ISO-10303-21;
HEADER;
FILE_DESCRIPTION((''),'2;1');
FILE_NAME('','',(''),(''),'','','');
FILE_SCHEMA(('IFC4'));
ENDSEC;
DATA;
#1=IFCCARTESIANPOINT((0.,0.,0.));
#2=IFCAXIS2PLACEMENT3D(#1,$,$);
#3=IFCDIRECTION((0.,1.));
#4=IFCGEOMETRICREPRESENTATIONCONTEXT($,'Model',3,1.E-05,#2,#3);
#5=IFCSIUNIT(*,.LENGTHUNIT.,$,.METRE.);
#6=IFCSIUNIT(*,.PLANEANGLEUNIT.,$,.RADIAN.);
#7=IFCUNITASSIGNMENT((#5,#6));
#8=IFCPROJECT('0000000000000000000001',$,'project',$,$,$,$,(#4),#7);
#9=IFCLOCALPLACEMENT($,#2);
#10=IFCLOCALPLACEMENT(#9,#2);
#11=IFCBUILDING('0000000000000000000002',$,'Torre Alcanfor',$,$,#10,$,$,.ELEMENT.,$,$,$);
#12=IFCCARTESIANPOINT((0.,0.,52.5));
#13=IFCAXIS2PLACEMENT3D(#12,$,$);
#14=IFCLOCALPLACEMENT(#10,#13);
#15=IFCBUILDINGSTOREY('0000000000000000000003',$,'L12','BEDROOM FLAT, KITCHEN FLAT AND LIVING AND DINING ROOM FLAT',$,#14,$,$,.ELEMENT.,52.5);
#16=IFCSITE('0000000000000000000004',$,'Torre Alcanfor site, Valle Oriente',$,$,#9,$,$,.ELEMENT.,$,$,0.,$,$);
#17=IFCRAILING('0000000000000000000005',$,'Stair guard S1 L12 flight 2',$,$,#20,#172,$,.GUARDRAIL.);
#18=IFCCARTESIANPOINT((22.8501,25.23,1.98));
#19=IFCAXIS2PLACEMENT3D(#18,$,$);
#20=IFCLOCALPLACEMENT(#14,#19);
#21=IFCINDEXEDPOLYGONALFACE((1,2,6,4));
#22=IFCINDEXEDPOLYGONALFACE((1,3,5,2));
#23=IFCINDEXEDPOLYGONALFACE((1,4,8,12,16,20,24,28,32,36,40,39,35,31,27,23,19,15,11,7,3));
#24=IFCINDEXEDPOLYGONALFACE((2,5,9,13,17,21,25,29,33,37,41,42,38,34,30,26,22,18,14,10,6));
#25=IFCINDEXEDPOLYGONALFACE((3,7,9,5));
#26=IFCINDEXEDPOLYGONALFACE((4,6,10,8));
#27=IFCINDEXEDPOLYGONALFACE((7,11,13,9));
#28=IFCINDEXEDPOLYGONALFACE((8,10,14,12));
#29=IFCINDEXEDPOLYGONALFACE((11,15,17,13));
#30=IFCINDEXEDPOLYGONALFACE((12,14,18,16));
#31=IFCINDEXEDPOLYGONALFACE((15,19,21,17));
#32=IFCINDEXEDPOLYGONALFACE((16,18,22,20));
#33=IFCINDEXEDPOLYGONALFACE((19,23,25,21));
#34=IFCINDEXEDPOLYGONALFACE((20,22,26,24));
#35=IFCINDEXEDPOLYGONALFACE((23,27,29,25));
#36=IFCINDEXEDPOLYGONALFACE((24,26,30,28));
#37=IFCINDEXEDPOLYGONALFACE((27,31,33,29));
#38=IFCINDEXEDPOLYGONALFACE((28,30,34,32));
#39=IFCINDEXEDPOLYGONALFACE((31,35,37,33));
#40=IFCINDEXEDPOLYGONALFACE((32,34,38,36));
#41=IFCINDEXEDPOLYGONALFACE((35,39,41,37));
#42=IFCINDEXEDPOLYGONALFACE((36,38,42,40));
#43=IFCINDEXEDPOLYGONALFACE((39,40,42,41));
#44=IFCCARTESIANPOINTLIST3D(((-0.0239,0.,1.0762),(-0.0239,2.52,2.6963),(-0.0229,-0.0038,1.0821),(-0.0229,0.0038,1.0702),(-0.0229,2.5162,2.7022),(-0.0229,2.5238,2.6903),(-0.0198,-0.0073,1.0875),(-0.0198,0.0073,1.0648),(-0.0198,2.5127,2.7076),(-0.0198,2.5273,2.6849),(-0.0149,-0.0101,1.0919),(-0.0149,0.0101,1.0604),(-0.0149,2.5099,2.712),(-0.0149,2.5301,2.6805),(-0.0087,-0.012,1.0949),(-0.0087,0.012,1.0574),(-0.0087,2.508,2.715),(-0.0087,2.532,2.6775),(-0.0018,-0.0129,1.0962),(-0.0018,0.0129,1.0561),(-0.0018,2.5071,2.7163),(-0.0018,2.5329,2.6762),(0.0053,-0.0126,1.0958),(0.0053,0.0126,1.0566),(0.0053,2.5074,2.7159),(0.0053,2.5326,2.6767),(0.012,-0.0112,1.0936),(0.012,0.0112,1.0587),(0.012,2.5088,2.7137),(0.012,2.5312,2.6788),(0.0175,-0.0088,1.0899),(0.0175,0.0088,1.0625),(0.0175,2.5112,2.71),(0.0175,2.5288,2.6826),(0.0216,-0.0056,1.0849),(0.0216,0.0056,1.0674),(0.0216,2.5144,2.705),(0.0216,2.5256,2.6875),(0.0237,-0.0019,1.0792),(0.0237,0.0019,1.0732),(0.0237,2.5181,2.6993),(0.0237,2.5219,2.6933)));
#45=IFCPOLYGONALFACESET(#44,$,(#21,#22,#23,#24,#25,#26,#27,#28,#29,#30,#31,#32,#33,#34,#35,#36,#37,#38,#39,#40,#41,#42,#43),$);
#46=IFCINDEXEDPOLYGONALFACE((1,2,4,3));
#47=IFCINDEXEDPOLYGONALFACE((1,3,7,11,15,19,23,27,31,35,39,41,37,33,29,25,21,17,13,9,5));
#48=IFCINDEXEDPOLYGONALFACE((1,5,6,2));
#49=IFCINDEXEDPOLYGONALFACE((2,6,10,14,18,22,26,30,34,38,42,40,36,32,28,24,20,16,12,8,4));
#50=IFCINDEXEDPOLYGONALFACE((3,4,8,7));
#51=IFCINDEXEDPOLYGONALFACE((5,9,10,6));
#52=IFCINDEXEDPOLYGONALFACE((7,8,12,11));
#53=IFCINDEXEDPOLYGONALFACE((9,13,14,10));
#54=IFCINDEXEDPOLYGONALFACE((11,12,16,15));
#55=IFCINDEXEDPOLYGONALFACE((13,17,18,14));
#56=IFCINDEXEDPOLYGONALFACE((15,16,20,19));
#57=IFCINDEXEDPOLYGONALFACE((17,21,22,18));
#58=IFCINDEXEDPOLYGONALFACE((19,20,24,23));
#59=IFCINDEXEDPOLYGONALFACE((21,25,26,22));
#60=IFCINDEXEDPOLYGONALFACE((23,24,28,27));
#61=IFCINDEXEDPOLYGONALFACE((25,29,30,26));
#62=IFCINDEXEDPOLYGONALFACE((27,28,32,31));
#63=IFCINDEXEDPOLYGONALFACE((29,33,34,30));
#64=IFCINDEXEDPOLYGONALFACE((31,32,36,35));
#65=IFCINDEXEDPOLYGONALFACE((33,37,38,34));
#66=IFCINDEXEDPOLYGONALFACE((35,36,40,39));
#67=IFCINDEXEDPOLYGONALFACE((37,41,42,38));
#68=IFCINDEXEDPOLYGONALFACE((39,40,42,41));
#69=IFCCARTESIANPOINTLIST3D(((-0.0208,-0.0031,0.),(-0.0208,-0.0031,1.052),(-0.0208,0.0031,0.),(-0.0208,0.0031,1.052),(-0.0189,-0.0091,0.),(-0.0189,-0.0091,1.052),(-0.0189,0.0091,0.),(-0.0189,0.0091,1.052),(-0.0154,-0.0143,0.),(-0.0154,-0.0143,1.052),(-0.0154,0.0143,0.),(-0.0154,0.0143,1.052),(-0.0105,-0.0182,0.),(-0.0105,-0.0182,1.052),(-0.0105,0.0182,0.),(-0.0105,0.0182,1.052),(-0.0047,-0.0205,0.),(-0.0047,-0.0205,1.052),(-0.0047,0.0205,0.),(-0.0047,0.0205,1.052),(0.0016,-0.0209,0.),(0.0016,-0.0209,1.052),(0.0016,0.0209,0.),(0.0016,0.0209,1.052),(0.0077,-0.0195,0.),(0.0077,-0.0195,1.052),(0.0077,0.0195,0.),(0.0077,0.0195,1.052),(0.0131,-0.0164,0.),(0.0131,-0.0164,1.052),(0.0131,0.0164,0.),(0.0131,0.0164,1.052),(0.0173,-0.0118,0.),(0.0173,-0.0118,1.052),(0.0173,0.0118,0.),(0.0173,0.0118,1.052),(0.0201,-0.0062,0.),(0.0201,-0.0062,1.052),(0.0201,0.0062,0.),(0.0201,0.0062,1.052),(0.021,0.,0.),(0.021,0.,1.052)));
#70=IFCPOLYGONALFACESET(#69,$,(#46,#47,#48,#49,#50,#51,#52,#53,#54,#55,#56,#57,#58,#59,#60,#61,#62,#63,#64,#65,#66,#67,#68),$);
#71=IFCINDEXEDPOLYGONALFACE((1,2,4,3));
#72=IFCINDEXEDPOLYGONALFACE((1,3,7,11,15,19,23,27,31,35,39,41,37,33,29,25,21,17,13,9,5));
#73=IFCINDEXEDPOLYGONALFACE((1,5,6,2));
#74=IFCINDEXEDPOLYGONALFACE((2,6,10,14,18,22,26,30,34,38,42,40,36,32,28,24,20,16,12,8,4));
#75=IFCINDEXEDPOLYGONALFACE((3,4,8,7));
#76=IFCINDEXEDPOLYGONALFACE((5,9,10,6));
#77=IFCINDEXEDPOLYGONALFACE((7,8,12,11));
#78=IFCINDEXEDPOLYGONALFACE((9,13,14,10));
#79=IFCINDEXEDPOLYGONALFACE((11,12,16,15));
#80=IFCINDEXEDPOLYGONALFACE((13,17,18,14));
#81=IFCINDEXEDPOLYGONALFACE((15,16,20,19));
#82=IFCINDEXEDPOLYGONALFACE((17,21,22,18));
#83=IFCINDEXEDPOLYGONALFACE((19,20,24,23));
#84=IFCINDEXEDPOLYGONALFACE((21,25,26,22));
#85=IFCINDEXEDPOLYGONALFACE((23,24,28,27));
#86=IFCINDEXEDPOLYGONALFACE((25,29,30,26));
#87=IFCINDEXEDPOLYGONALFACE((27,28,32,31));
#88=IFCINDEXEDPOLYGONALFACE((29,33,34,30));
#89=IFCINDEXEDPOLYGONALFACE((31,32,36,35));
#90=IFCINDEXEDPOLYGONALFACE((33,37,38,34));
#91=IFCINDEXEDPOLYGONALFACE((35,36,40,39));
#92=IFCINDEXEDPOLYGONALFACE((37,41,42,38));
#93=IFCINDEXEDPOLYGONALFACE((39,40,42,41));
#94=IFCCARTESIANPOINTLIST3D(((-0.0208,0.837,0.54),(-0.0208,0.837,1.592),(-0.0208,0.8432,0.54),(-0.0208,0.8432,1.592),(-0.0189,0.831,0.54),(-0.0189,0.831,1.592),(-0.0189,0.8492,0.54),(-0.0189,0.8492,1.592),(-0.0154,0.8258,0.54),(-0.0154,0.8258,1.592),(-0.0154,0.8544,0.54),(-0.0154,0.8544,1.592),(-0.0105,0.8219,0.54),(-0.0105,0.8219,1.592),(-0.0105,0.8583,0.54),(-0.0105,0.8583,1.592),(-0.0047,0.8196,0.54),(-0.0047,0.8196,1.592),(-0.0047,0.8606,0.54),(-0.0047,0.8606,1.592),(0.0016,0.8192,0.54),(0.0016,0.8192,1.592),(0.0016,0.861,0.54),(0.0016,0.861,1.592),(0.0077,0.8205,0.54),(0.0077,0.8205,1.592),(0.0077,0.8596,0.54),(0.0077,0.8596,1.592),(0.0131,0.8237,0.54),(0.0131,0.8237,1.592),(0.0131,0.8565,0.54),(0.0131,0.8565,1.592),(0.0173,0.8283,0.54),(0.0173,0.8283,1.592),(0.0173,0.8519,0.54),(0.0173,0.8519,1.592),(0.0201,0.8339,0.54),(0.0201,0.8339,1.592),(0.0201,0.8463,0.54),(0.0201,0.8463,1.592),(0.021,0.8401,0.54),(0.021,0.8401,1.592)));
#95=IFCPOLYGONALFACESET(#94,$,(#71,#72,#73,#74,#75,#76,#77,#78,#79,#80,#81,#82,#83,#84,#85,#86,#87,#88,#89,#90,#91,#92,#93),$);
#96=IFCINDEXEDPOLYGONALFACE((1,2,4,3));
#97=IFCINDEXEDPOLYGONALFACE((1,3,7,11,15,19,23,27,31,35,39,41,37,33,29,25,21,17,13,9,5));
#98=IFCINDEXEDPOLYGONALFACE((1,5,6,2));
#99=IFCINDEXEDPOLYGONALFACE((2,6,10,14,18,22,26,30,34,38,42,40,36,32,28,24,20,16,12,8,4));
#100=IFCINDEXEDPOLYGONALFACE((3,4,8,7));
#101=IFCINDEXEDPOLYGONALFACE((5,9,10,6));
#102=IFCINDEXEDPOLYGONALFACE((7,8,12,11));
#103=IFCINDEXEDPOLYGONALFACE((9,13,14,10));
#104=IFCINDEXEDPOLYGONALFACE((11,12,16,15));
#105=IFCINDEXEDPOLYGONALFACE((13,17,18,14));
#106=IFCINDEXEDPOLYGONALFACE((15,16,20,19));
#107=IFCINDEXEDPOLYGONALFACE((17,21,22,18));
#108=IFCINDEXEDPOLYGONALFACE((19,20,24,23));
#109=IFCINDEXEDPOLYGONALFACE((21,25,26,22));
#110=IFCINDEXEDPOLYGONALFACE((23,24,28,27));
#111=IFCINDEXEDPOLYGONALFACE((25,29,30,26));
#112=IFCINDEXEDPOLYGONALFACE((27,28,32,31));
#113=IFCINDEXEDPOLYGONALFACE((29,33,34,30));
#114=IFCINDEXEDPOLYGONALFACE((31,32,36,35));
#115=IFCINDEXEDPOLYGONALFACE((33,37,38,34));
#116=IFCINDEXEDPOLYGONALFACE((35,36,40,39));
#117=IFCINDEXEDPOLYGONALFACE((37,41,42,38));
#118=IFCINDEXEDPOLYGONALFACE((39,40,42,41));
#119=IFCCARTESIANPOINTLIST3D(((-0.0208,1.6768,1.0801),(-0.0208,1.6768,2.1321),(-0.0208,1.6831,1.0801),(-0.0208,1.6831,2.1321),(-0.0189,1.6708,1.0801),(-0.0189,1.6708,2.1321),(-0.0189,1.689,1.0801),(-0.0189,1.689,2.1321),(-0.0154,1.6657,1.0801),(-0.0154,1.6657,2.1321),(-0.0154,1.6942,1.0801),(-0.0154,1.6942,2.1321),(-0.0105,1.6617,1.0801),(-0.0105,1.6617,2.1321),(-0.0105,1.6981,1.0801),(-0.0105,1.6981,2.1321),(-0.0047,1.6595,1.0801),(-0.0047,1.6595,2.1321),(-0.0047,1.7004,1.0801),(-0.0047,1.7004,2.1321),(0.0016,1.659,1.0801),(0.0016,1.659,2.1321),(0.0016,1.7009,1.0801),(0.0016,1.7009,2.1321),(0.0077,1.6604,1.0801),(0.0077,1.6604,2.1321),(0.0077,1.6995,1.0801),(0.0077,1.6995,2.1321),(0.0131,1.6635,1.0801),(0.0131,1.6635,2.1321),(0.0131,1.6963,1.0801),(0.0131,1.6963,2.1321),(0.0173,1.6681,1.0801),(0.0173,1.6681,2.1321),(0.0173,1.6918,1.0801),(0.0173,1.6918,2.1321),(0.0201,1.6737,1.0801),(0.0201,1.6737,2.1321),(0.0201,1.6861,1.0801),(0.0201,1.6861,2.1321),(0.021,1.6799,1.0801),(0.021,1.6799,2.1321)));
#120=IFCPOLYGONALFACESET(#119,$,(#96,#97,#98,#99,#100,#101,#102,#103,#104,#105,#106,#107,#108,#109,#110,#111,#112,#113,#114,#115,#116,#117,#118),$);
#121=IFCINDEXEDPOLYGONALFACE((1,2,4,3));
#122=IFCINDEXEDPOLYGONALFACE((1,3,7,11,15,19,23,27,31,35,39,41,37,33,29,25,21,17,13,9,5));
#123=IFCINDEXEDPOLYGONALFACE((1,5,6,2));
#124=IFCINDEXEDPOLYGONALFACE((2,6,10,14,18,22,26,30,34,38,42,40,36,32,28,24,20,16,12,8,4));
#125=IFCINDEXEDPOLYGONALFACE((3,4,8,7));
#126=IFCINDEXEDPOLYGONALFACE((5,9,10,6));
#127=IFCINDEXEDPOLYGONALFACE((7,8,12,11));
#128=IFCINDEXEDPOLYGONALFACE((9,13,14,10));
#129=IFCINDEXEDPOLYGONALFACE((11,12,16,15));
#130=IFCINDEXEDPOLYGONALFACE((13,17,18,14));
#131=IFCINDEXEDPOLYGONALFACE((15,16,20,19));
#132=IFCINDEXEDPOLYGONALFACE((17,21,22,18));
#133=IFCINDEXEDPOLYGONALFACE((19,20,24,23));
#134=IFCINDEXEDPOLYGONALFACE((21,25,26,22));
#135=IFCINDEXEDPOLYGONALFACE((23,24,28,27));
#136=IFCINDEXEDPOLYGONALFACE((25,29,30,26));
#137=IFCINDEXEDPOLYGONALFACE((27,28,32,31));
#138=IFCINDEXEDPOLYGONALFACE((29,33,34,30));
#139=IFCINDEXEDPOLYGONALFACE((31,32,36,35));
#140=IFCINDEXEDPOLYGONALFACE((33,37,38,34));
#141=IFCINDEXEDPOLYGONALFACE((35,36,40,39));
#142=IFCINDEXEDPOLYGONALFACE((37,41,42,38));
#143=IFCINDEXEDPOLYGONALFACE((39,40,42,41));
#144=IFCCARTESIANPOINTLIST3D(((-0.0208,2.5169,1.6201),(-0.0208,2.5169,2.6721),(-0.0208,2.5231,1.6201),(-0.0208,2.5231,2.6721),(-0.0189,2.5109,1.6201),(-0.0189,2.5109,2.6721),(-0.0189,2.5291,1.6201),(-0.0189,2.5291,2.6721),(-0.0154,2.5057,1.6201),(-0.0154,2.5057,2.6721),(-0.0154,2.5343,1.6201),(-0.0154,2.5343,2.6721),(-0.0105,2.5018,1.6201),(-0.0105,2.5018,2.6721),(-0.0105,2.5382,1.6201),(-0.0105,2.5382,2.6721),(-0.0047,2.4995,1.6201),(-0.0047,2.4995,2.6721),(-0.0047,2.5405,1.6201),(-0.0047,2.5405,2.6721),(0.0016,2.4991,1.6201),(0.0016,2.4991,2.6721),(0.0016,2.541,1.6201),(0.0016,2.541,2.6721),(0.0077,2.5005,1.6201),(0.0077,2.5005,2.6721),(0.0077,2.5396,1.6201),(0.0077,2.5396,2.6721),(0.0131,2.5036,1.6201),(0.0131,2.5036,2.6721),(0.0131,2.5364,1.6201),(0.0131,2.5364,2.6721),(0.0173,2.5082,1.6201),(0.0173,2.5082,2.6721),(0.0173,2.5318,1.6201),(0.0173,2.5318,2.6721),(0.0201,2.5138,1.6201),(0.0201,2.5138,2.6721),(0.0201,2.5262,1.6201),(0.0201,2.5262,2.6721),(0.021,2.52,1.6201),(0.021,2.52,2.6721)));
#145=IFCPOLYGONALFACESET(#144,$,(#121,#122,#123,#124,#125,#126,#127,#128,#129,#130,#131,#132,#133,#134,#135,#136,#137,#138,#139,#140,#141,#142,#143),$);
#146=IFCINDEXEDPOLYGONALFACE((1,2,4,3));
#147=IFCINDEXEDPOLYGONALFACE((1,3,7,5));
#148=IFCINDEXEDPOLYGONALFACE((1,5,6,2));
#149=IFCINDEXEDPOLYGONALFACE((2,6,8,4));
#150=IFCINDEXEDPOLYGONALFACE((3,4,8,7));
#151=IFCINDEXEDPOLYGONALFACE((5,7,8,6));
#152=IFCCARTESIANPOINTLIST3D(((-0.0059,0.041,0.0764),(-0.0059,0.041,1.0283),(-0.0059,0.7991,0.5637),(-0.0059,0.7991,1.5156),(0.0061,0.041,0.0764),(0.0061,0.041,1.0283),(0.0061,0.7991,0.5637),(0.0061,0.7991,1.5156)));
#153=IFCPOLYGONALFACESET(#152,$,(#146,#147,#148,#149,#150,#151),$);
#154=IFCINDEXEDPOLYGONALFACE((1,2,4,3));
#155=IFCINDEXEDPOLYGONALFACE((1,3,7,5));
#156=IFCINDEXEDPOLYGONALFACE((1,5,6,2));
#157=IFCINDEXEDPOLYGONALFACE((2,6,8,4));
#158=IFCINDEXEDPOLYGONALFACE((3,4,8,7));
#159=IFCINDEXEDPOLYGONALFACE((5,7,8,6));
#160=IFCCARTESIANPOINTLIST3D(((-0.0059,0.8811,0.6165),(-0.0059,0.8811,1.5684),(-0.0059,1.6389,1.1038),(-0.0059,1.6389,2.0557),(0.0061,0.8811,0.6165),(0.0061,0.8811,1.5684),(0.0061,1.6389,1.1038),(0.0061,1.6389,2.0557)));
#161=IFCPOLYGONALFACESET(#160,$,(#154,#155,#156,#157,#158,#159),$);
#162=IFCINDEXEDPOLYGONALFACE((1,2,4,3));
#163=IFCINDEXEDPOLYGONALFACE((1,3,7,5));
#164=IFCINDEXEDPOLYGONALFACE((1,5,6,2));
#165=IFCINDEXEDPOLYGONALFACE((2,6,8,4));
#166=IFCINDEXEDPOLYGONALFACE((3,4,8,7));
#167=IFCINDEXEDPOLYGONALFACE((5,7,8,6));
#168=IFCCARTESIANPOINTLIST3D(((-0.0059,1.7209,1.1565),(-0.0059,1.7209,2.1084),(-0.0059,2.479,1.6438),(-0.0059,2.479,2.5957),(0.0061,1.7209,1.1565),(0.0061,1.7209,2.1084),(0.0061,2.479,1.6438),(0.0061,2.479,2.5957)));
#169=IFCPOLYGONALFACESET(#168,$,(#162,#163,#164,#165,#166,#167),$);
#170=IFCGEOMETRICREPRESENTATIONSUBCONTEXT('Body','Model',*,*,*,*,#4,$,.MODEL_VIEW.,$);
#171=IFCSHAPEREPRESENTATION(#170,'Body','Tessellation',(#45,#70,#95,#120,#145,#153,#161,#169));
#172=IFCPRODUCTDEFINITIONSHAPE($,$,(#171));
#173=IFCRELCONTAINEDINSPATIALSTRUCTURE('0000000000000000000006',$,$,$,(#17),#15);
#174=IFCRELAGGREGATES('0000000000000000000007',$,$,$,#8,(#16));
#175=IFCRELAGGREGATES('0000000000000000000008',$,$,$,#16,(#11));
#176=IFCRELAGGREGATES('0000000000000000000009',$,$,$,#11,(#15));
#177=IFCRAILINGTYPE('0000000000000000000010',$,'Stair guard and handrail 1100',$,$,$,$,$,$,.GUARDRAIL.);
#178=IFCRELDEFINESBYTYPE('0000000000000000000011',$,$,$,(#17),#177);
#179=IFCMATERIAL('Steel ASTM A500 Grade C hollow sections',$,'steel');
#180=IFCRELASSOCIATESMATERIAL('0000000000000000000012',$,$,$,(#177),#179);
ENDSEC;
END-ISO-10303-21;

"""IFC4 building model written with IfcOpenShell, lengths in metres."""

from ifc_helpers import new_model, si_unit, direction, frame, origin, origin_2d, place, context, subcontext, project, spatial, polyline, circle, outline, extrude, material, type_object, element, save


model = new_model("IFC4")

# Units and contexts
model_context = context("Model", 3, precision=1e-05, world=origin(), true_north=direction((0.0, 1.0)))
body_context = subcontext(model_context, "Body", "Model", "MODEL_VIEW")
ifc_project = project(units=[si_unit("LENGTHUNIT", "METRE"), si_unit("PLANEANGLEUNIT", "RADIAN")], contexts=[model_context])

# Site, building, storey
site_placement = place(None, origin())
site = spatial("IfcSite", under=ifc_project, at=site_placement, Name="Torre Alcanfor site, Valle Oriente", CompositionType="ELEMENT", RefElevation=0.0)
building_placement = place(site_placement, origin())
building = spatial("IfcBuilding", under=site, at=building_placement, Name="Torre Alcanfor", CompositionType="ELEMENT")
storey_placement = place(building_placement, frame((0.0, 0.0, 52.5)))
storey = spatial("IfcBuildingStorey", under=building, at=storey_placement, Name="L12", Description="BEDROOM FLAT, KITCHEN FLAT AND LIVING AND DINING ROOM FLAT", CompositionType="ELEMENT", Elevation=52.5)

# Railing
ifc_material_1 = material(Name="Steel ASTM A500 Grade C hollow sections", Category="steel")
railing_type_1 = type_object("IfcRailingType", Name="Stair guard and handrail 1100", PredefinedType="GUARDRAIL", material=ifc_material_1)
railing_1_placement = place(storey_placement, frame((22.8501, 25.23, 1.98)))
element("IfcRailing", 1, at=railing_1_placement, inside=storey, type_object=railing_type_1, Name="Stair guard S1 L12 flight 2", PredefinedType="GUARDRAIL", context=body_context, shape_type="SweptSolid", body=[
    extrude(circle(Radius=0.0239, at=origin_2d()), frame((0.0, 0.0, 1.0762), z_axis=(0.0, 0.841163, 0.540782), x_axis=(-1.0, 0.0, 0.0)), (0.0, 0.0, 1.0), 2.9958),
    extrude(circle(Radius=0.021, at=origin_2d()), origin(), (0.0, 0.0, 1.0), 1.052),
    extrude(circle(Radius=0.021, at=origin_2d()), frame((0.0, 0.8401, 0.54)), (0.0, 0.0, 1.0), 1.052),
    extrude(circle(Radius=0.021, at=origin_2d()), frame((0.0, 1.6799, 1.0801)), (0.0, 0.0, 1.0), 1.052),
    extrude(circle(Radius=0.021, at=origin_2d()), frame((0.0, 2.52, 1.6201)), (0.0, 0.0, 1.0), 1.052),
    extrude(outline(polyline([(0.041, 0.0764), (0.7991, 0.5637), (0.7991, 1.5156), (0.041, 1.0283), (0.041, 0.0764)])), frame((-0.0059, 0.0, 0.0), z_axis=(1.0, 0.0, 0.0), x_axis=(0.0, 1.0, 0.0)), (0.0, 0.0, 1.0), 0.012),
    extrude(outline(polyline([(0.8811, 0.6165), (1.6389, 1.1038), (1.6389, 2.0557), (0.8811, 1.5684), (0.8811, 0.6165)])), frame((-0.0059, 0.0, 0.0), z_axis=(1.0, 0.0, 0.0), x_axis=(0.0, 1.0, 0.0)), (0.0, 0.0, 1.0), 0.012),
    extrude(outline(polyline([(1.7209, 1.1565), (2.479, 1.6438), (2.479, 2.5957), (1.7209, 2.1084), (1.7209, 1.1565)])), frame((-0.0059, 0.0, 0.0), z_axis=(1.0, 0.0, 0.0), x_axis=(0.0, 1.0, 0.0)), (0.0, 0.0, 1.0), 0.012),
])

save(model, "model.ifc")
